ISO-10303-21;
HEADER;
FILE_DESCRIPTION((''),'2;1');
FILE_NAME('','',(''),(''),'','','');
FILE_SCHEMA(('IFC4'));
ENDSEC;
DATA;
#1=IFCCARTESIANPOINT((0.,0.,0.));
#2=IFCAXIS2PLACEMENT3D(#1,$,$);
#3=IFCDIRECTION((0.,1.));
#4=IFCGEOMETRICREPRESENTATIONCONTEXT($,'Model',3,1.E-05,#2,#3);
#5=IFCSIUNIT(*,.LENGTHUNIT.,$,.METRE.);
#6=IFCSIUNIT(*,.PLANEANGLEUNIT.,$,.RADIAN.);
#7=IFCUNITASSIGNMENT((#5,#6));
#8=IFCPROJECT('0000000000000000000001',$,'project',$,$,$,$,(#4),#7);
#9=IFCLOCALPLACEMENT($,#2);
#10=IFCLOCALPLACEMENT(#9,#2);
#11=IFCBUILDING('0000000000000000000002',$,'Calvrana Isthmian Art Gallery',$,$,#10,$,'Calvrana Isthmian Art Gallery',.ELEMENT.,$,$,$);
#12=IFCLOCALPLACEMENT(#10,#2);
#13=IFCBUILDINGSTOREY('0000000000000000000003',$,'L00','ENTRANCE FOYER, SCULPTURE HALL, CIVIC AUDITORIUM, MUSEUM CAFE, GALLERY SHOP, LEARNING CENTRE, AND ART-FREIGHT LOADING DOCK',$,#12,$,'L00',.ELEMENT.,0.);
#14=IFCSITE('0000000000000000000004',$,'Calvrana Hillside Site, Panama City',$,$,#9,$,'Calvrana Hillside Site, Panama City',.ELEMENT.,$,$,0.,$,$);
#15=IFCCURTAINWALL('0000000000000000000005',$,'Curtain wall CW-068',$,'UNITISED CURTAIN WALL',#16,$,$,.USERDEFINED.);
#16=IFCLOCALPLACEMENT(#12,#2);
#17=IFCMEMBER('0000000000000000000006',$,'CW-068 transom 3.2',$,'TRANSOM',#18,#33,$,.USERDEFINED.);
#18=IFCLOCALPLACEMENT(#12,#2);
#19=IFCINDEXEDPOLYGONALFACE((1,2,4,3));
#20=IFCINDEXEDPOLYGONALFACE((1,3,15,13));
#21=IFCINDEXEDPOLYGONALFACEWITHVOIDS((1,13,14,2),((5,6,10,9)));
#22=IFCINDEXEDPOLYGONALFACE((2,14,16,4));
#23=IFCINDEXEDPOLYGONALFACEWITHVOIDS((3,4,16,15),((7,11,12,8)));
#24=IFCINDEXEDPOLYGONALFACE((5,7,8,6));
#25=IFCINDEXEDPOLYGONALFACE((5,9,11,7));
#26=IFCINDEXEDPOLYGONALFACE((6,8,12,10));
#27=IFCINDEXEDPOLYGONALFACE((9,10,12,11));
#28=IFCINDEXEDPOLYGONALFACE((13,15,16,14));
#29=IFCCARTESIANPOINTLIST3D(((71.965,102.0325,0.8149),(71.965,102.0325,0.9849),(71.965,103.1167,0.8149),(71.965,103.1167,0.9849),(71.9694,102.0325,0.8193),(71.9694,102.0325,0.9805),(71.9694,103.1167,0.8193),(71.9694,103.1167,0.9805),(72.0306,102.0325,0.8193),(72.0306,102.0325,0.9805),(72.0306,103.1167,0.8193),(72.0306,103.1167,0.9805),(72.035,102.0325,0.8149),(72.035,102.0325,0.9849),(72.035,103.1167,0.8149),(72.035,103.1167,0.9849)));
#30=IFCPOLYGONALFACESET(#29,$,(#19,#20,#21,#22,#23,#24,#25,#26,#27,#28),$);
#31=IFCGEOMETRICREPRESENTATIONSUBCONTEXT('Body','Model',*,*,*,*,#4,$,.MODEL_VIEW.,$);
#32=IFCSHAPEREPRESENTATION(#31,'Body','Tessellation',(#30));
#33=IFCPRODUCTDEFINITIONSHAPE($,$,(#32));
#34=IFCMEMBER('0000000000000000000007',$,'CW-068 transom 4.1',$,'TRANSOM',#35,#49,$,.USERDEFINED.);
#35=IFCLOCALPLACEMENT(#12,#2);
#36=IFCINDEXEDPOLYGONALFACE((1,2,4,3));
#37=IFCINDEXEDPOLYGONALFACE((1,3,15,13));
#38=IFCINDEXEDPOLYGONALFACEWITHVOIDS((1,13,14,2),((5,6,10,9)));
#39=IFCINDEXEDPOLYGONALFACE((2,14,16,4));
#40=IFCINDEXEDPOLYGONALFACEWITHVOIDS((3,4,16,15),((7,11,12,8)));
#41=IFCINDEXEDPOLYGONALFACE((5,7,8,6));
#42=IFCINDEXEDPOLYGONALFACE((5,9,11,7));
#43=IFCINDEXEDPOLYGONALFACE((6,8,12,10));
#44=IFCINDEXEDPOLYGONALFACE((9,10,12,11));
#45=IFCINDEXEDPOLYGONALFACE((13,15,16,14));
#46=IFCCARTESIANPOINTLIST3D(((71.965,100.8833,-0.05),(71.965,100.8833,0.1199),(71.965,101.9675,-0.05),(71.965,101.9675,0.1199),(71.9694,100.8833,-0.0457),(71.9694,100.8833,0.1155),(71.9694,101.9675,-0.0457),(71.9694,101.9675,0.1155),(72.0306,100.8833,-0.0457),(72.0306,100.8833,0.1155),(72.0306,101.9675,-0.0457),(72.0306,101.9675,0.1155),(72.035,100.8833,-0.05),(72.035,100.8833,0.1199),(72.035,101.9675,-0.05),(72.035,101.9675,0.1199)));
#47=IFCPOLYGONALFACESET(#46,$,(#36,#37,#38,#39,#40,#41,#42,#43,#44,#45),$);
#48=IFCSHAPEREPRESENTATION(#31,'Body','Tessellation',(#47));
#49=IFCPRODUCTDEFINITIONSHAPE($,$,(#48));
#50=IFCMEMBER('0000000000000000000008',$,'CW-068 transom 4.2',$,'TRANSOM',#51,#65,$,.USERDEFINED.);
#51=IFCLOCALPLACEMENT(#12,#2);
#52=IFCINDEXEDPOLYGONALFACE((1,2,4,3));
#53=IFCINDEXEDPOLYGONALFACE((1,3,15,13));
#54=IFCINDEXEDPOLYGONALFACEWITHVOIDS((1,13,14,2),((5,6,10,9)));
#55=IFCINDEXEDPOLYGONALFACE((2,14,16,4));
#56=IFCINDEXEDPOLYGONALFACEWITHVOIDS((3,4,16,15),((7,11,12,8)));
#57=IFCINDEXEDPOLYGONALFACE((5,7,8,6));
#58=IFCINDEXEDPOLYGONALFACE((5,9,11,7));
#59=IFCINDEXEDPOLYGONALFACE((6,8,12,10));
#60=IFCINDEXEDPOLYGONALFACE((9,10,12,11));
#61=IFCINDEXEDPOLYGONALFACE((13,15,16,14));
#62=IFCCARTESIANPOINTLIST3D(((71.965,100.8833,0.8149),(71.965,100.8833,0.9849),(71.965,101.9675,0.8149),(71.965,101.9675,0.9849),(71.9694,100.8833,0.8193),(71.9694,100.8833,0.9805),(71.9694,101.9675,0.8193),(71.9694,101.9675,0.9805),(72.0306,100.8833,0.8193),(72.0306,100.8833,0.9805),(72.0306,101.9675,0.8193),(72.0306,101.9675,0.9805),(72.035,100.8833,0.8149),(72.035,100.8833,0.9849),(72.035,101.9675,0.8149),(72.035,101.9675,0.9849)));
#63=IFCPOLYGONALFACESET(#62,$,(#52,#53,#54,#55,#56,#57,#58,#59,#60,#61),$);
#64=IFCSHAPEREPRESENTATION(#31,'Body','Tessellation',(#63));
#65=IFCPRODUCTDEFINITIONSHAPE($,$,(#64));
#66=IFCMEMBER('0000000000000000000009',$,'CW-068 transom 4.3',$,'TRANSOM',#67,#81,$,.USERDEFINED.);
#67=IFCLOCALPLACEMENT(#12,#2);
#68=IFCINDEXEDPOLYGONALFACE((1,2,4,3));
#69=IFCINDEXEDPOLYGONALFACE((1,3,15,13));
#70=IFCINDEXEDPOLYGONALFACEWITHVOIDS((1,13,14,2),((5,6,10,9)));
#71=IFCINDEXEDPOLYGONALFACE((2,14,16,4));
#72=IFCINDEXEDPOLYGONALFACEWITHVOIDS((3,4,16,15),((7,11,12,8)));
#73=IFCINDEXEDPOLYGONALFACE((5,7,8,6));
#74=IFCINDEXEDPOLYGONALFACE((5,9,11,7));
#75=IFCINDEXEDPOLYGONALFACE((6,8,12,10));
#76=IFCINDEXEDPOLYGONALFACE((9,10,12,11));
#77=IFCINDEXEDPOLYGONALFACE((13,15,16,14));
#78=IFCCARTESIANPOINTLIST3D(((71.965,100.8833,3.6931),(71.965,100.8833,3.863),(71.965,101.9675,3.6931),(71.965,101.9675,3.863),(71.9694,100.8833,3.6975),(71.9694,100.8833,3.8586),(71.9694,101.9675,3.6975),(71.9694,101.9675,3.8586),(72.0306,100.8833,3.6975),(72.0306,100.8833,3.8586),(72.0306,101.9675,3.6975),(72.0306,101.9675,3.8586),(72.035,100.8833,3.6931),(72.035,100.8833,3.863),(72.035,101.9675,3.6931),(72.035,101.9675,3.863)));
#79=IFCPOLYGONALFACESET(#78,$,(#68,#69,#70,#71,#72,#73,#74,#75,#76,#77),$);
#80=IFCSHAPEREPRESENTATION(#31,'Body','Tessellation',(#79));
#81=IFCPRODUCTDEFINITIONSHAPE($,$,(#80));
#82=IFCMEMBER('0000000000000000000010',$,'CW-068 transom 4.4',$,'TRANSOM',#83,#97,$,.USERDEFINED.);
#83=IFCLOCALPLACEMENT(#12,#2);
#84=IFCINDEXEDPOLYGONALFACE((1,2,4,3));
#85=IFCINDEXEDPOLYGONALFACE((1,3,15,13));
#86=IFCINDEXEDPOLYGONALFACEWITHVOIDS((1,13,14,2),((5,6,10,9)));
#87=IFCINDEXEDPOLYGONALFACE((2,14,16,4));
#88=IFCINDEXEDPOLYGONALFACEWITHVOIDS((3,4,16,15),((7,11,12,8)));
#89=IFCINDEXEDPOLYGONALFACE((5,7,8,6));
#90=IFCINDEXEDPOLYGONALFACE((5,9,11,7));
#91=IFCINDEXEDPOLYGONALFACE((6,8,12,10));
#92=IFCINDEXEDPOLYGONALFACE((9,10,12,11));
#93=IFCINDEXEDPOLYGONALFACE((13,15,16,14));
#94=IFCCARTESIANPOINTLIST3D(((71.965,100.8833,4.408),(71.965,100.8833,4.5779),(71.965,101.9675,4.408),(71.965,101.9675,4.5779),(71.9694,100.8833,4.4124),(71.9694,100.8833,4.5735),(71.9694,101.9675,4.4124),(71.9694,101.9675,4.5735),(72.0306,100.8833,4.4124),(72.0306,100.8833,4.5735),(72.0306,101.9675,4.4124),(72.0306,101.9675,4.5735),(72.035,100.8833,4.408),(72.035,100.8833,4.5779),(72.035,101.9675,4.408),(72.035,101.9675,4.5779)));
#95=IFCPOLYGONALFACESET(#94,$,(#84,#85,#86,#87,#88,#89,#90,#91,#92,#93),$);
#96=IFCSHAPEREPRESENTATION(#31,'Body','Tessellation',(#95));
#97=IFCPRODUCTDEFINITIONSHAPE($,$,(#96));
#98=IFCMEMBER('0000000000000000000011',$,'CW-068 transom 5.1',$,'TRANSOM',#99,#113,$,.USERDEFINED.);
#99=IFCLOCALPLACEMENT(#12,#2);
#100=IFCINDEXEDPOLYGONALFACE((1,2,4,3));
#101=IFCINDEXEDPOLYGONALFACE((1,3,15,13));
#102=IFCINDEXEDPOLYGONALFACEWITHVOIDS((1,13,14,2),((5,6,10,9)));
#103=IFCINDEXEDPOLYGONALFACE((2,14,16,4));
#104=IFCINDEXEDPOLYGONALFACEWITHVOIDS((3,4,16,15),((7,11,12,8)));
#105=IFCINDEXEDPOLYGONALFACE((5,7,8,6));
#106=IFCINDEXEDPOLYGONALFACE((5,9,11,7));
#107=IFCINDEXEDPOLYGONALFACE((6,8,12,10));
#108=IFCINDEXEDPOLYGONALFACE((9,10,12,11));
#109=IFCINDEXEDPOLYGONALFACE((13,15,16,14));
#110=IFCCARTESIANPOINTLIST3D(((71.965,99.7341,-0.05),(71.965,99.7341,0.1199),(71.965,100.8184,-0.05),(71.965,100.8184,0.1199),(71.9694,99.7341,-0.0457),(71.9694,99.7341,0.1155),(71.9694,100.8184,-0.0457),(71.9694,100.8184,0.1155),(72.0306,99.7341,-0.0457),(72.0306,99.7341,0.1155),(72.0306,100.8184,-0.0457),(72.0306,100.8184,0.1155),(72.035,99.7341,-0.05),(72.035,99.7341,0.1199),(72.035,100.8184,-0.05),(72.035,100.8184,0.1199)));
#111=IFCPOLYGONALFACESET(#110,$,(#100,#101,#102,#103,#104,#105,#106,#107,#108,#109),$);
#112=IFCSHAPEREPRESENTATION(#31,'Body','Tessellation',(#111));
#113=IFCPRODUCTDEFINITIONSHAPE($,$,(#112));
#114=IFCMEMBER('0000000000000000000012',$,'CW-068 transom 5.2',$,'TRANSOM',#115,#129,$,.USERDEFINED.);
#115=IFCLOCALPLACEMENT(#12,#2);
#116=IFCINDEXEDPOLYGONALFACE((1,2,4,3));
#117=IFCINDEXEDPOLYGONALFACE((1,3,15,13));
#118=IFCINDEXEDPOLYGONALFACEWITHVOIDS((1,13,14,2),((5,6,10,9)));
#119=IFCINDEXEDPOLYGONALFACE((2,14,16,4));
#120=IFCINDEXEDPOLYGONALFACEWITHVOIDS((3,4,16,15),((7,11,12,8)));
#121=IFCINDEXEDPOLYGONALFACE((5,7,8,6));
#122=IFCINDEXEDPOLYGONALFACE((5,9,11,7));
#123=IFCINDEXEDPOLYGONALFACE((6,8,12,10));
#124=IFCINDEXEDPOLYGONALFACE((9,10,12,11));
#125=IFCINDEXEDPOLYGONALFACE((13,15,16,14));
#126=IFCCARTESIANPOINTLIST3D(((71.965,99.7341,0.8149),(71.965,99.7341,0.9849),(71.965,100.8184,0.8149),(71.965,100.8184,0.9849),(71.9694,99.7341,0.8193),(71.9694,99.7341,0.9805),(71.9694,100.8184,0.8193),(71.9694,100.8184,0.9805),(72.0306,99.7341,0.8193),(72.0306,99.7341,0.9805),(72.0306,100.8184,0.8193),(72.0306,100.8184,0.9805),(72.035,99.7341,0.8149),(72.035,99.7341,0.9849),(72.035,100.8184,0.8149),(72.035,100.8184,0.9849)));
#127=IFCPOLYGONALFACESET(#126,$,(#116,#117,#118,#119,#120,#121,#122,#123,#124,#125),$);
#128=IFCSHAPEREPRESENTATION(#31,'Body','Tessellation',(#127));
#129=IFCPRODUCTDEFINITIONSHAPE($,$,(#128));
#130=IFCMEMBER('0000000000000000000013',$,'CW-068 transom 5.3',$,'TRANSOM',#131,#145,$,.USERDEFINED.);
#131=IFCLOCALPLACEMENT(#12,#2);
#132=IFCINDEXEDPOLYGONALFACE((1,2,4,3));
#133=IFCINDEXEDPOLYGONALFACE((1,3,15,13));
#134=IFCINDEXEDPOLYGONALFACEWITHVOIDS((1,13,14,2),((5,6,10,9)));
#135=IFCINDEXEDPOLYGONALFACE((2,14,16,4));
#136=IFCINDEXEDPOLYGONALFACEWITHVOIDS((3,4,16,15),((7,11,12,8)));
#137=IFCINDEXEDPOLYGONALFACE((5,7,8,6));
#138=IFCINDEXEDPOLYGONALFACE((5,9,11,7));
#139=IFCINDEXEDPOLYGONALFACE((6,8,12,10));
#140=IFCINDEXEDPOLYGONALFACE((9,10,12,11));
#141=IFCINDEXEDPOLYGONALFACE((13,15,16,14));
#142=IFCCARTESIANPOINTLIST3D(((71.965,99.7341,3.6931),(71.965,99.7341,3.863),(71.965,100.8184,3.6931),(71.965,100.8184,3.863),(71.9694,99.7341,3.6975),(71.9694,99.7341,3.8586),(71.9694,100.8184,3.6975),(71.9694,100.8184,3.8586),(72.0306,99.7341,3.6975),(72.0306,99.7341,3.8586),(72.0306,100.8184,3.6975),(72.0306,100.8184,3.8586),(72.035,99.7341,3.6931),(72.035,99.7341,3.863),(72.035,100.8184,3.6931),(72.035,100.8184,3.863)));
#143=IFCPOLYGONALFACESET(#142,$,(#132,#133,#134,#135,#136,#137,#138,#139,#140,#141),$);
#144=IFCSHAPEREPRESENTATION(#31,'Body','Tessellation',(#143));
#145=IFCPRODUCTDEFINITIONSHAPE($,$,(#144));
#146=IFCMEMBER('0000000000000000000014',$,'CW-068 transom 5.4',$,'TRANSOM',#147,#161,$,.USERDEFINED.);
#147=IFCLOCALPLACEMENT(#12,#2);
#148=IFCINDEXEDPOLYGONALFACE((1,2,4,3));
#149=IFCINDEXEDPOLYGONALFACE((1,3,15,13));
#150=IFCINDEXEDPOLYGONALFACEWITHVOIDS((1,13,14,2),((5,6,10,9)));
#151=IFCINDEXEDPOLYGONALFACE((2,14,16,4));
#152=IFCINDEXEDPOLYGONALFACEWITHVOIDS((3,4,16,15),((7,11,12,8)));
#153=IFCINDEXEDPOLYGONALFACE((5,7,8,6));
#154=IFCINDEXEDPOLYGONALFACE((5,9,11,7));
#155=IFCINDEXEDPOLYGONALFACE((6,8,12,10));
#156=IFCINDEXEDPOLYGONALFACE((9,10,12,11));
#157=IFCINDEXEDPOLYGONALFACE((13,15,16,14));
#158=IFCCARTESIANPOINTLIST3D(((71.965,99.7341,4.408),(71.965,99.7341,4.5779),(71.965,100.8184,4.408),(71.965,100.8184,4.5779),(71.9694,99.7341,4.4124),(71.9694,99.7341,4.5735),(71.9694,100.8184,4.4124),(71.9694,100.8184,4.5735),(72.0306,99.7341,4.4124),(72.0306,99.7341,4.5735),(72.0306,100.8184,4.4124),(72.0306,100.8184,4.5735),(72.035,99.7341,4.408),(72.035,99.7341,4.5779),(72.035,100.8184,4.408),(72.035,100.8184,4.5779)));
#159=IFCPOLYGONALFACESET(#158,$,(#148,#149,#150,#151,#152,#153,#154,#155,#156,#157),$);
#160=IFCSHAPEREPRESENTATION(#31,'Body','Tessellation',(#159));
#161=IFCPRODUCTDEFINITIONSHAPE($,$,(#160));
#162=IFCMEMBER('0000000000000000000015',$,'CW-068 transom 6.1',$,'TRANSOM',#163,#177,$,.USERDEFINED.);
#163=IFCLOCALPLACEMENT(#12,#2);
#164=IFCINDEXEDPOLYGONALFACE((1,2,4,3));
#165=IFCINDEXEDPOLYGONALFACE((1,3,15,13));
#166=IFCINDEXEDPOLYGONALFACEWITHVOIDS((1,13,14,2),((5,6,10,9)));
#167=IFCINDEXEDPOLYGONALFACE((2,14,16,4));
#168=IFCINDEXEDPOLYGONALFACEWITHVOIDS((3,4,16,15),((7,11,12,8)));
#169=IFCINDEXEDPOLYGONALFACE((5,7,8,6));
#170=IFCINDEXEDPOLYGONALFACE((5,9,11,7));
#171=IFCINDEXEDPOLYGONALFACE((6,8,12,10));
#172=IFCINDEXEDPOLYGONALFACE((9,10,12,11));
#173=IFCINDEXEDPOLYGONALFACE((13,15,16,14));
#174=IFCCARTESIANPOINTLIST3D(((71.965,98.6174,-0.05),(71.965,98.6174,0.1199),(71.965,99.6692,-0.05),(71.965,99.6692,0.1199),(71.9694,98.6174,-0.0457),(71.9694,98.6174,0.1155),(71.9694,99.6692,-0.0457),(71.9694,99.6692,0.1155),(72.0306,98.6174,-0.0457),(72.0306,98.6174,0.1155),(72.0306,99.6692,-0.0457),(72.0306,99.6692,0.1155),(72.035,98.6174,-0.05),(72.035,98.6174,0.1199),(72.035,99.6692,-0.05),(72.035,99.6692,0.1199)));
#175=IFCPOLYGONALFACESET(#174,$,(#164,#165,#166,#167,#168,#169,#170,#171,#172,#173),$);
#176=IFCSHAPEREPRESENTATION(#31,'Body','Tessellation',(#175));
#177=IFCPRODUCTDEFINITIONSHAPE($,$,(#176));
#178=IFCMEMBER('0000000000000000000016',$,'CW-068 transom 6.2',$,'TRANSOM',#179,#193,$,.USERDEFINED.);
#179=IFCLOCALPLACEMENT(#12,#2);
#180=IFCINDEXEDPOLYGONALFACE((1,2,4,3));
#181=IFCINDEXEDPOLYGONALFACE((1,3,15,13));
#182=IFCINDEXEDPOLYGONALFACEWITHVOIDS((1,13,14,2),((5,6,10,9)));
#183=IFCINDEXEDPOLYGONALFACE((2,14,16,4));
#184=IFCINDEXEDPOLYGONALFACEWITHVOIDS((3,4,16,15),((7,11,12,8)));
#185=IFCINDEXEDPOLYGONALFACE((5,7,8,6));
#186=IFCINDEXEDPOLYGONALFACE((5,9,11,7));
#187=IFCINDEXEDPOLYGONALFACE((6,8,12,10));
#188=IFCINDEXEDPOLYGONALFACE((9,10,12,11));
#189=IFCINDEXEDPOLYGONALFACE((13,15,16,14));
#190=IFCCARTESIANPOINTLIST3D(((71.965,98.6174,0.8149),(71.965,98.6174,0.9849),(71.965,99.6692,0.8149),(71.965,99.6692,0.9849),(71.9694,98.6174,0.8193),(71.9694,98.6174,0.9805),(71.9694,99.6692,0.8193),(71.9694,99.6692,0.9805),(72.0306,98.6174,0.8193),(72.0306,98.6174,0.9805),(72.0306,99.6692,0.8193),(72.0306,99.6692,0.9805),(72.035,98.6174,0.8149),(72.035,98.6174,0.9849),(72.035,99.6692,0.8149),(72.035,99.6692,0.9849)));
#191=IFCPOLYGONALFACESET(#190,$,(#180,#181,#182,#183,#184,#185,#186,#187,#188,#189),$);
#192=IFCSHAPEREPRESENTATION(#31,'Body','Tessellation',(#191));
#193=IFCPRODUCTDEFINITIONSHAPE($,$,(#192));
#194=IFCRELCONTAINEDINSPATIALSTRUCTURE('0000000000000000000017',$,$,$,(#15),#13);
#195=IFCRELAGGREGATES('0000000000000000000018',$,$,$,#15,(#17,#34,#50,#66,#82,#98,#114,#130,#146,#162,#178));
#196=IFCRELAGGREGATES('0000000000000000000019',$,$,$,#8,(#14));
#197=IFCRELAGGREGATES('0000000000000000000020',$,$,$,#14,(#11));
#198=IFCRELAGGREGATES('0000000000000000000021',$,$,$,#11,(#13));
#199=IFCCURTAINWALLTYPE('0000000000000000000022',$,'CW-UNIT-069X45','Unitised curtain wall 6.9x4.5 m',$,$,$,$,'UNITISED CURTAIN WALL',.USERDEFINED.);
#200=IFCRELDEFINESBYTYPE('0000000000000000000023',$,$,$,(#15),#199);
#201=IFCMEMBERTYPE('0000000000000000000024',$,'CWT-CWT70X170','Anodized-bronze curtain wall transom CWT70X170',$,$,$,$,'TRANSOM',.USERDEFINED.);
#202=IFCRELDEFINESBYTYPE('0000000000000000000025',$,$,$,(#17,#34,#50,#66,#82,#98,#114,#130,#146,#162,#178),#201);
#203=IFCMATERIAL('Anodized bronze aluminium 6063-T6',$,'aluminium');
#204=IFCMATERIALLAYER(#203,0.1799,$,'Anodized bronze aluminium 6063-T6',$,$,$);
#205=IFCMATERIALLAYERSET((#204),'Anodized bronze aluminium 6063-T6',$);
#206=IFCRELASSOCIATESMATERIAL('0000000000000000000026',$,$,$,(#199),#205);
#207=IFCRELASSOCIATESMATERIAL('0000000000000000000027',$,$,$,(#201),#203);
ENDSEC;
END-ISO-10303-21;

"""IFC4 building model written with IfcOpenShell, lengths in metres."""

from ifc_helpers import new_model, si_unit, direction, frame, origin, origin_2d, place, context, subcontext, project, spatial, hollow_rectangle, extrude, material, layer, layer_set, material_profile, profile_set, type_object, element, aggregate, save


model = new_model("IFC4")

# Units and contexts
model_context = context("Model", 3, precision=1e-05, world=origin(), true_north=direction((0.0, 1.0)))
body_context = subcontext(model_context, "Body", "Model", "MODEL_VIEW")
ifc_project = project(units=[si_unit("LENGTHUNIT", "METRE"), si_unit("PLANEANGLEUNIT", "RADIAN")], contexts=[model_context])

# Site, building, storey
site_placement = place(None, origin())
site = spatial("IfcSite", under=ifc_project, at=site_placement, Name="Calvrana Hillside Site, Panama City", LongName="Calvrana Hillside Site, Panama City", CompositionType="ELEMENT", RefElevation=0.0)
building_placement = place(site_placement, origin())
building = spatial("IfcBuilding", under=site, at=building_placement, Name="Calvrana Isthmian Art Gallery", LongName="Calvrana Isthmian Art Gallery", CompositionType="ELEMENT")
storey_placement = place(building_placement, origin())
storey = spatial("IfcBuildingStorey", under=building, at=storey_placement, Name="L00", Description="ENTRANCE FOYER, SCULPTURE HALL, CIVIC AUDITORIUM, MUSEUM CAFE, GALLERY SHOP, LEARNING CENTRE, AND ART-FREIGHT LOADING DOCK", LongName="L00", CompositionType="ELEMENT", Elevation=0.0)

# Curtain wall, members
ifc_material_1 = material(Name="Anodized bronze aluminium 6063-T6", Category="aluminium")
ifc_layer_1 = layer(ifc_material_1, 0.1799, Name="Anodized bronze aluminium 6063-T6")
ifc_layer_set_1 = layer_set([ifc_layer_1], Name="Anodized bronze aluminium 6063-T6")
curtain_wall_type = type_object("IfcCurtainWallType", Name="CW-UNIT-069X45", Description="Unitised curtain wall 6.9x4.5 m", ElementType="UNITISED CURTAIN WALL", PredefinedType="USERDEFINED", material=ifc_layer_set_1)
curtain_wall_placement = place(storey_placement, origin())
curtain_wall = element("IfcCurtainWall", 1, at=curtain_wall_placement, inside=storey, type_object=curtain_wall_type, Name="Curtain wall CW-068", ObjectType="UNITISED CURTAIN WALL", PredefinedType="USERDEFINED")
ifc_material_profile_1 = material_profile(ifc_material_1, hollow_rectangle(XDim=0.0701, YDim=0.1699, WallThickness=0.0044, at=origin_2d()), Name="CWT70X170")
ifc_profile_set_1 = profile_set([ifc_material_profile_1], Name="Anodized bronze aluminium 6063-T6")
member_type_1 = type_object("IfcMemberType", Name="CWT-CWT70X170", Description="Anodized-bronze curtain wall transom CWT70X170", ElementType="TRANSOM", PredefinedType="USERDEFINED", material=ifc_profile_set_1)
member_1_placement = place(storey_placement, frame((72.0, 103.1167, 0.8999), z_axis=(0.0, -1.0, 0.0), x_axis=(1.0, 0.0, 0.0)))
member_1 = element("IfcMember", 2, at=member_1_placement, type_object=member_type_1, Name="CW-068 transom 3.2", ObjectType="TRANSOM", PredefinedType="USERDEFINED", context=body_context, shape_type="SweptSolid", body=[
    extrude(hollow_rectangle(XDim=0.0701, YDim=0.1699, WallThickness=0.0044, at=origin_2d()), origin(), (0.0, 0.0, 1.0), 1.0842),
])
member_2_placement = place(storey_placement, frame((72.0, 101.9675, 0.0349), z_axis=(0.0, -1.0, 0.0), x_axis=(1.0, 0.0, 0.0)))
member_2 = element("IfcMember", 3, at=member_2_placement, type_object=member_type_1, Name="CW-068 transom 4.1", ObjectType="TRANSOM", PredefinedType="USERDEFINED", context=body_context, shape_type="SweptSolid", body=[
    extrude(hollow_rectangle(XDim=0.0701, YDim=0.1699, WallThickness=0.0044, at=origin_2d()), origin(), (0.0, 0.0, 1.0), 1.0842),
])
member_3_placement = place(storey_placement, frame((72.0, 101.9675, 0.8999), z_axis=(0.0, -1.0, 0.0), x_axis=(1.0, 0.0, 0.0)))
member_3 = element("IfcMember", 4, at=member_3_placement, type_object=member_type_1, Name="CW-068 transom 4.2", ObjectType="TRANSOM", PredefinedType="USERDEFINED", context=body_context, shape_type="SweptSolid", body=[
    extrude(hollow_rectangle(XDim=0.0701, YDim=0.1699, WallThickness=0.0044, at=origin_2d()), origin(), (0.0, 0.0, 1.0), 1.0842),
])
member_4_placement = place(storey_placement, frame((72.0, 101.9675, 3.7781), z_axis=(0.0, -1.0, 0.0), x_axis=(1.0, 0.0, 0.0)))
member_4 = element("IfcMember", 5, at=member_4_placement, type_object=member_type_1, Name="CW-068 transom 4.3", ObjectType="TRANSOM", PredefinedType="USERDEFINED", context=body_context, shape_type="SweptSolid", body=[
    extrude(hollow_rectangle(XDim=0.0701, YDim=0.1699, WallThickness=0.0044, at=origin_2d()), origin(), (0.0, 0.0, 1.0), 1.0842),
])
member_5_placement = place(storey_placement, frame((72.0, 101.9675, 4.4929), z_axis=(0.0, -1.0, 0.0), x_axis=(1.0, 0.0, 0.0)))
member_5 = element("IfcMember", 6, at=member_5_placement, type_object=member_type_1, Name="CW-068 transom 4.4", ObjectType="TRANSOM", PredefinedType="USERDEFINED", context=body_context, shape_type="SweptSolid", body=[
    extrude(hollow_rectangle(XDim=0.0701, YDim=0.1699, WallThickness=0.0044, at=origin_2d()), origin(), (0.0, 0.0, 1.0), 1.0842),
])
member_6_placement = place(storey_placement, frame((72.0, 100.8184, 0.0349), z_axis=(0.0, -1.0, 0.0), x_axis=(1.0, 0.0, 0.0)))
member_6 = element("IfcMember", 7, at=member_6_placement, type_object=member_type_1, Name="CW-068 transom 5.1", ObjectType="TRANSOM", PredefinedType="USERDEFINED", context=body_context, shape_type="SweptSolid", body=[
    extrude(hollow_rectangle(XDim=0.0701, YDim=0.1699, WallThickness=0.0044, at=origin_2d()), origin(), (0.0, 0.0, 1.0), 1.0842),
])
member_7_placement = place(storey_placement, frame((72.0, 100.8184, 0.8999), z_axis=(0.0, -1.0, 0.0), x_axis=(1.0, 0.0, 0.0)))
member_7 = element("IfcMember", 8, at=member_7_placement, type_object=member_type_1, Name="CW-068 transom 5.2", ObjectType="TRANSOM", PredefinedType="USERDEFINED", context=body_context, shape_type="SweptSolid", body=[
    extrude(hollow_rectangle(XDim=0.0701, YDim=0.1699, WallThickness=0.0044, at=origin_2d()), origin(), (0.0, 0.0, 1.0), 1.0842),
])
member_8_placement = place(storey_placement, frame((72.0, 100.8184, 3.7781), z_axis=(0.0, -1.0, 0.0), x_axis=(1.0, 0.0, 0.0)))
member_8 = element("IfcMember", 9, at=member_8_placement, type_object=member_type_1, Name="CW-068 transom 5.3", ObjectType="TRANSOM", PredefinedType="USERDEFINED", context=body_context, shape_type="SweptSolid", body=[
    extrude(hollow_rectangle(XDim=0.0701, YDim=0.1699, WallThickness=0.0044, at=origin_2d()), origin(), (0.0, 0.0, 1.0), 1.0842),
])
member_9_placement = place(storey_placement, frame((72.0, 100.8184, 4.4929), z_axis=(0.0, -1.0, 0.0), x_axis=(1.0, 0.0, 0.0)))
member_9 = element("IfcMember", 10, at=member_9_placement, type_object=member_type_1, Name="CW-068 transom 5.4", ObjectType="TRANSOM", PredefinedType="USERDEFINED", context=body_context, shape_type="SweptSolid", body=[
    extrude(hollow_rectangle(XDim=0.0701, YDim=0.1699, WallThickness=0.0044, at=origin_2d()), origin(), (0.0, 0.0, 1.0), 1.0842),
])
member_10_placement = place(storey_placement, frame((72.0, 99.6692, 0.0349), z_axis=(0.0, -1.0, 0.0), x_axis=(1.0, 0.0, 0.0)))
member_10 = element("IfcMember", 11, at=member_10_placement, type_object=member_type_1, Name="CW-068 transom 6.1", ObjectType="TRANSOM", PredefinedType="USERDEFINED", context=body_context, shape_type="SweptSolid", body=[
    extrude(hollow_rectangle(XDim=0.0701, YDim=0.1699, WallThickness=0.0044, at=origin_2d()), origin(), (0.0, 0.0, 1.0), 1.0518),
])
member_11_placement = place(storey_placement, frame((72.0, 99.6692, 0.8999), z_axis=(0.0, -1.0, 0.0), x_axis=(1.0, 0.0, 0.0)))
member_11 = element("IfcMember", 12, at=member_11_placement, type_object=member_type_1, Name="CW-068 transom 6.2", ObjectType="TRANSOM", PredefinedType="USERDEFINED", context=body_context, shape_type="SweptSolid", body=[
    extrude(hollow_rectangle(XDim=0.0701, YDim=0.1699, WallThickness=0.0044, at=origin_2d()), origin(), (0.0, 0.0, 1.0), 1.0518),
])
aggregate(curtain_wall, [member_1, member_2, member_3, member_4, member_5, member_6, member_7, member_8, member_9, member_10, member_11])

save(model, "model.ifc")
